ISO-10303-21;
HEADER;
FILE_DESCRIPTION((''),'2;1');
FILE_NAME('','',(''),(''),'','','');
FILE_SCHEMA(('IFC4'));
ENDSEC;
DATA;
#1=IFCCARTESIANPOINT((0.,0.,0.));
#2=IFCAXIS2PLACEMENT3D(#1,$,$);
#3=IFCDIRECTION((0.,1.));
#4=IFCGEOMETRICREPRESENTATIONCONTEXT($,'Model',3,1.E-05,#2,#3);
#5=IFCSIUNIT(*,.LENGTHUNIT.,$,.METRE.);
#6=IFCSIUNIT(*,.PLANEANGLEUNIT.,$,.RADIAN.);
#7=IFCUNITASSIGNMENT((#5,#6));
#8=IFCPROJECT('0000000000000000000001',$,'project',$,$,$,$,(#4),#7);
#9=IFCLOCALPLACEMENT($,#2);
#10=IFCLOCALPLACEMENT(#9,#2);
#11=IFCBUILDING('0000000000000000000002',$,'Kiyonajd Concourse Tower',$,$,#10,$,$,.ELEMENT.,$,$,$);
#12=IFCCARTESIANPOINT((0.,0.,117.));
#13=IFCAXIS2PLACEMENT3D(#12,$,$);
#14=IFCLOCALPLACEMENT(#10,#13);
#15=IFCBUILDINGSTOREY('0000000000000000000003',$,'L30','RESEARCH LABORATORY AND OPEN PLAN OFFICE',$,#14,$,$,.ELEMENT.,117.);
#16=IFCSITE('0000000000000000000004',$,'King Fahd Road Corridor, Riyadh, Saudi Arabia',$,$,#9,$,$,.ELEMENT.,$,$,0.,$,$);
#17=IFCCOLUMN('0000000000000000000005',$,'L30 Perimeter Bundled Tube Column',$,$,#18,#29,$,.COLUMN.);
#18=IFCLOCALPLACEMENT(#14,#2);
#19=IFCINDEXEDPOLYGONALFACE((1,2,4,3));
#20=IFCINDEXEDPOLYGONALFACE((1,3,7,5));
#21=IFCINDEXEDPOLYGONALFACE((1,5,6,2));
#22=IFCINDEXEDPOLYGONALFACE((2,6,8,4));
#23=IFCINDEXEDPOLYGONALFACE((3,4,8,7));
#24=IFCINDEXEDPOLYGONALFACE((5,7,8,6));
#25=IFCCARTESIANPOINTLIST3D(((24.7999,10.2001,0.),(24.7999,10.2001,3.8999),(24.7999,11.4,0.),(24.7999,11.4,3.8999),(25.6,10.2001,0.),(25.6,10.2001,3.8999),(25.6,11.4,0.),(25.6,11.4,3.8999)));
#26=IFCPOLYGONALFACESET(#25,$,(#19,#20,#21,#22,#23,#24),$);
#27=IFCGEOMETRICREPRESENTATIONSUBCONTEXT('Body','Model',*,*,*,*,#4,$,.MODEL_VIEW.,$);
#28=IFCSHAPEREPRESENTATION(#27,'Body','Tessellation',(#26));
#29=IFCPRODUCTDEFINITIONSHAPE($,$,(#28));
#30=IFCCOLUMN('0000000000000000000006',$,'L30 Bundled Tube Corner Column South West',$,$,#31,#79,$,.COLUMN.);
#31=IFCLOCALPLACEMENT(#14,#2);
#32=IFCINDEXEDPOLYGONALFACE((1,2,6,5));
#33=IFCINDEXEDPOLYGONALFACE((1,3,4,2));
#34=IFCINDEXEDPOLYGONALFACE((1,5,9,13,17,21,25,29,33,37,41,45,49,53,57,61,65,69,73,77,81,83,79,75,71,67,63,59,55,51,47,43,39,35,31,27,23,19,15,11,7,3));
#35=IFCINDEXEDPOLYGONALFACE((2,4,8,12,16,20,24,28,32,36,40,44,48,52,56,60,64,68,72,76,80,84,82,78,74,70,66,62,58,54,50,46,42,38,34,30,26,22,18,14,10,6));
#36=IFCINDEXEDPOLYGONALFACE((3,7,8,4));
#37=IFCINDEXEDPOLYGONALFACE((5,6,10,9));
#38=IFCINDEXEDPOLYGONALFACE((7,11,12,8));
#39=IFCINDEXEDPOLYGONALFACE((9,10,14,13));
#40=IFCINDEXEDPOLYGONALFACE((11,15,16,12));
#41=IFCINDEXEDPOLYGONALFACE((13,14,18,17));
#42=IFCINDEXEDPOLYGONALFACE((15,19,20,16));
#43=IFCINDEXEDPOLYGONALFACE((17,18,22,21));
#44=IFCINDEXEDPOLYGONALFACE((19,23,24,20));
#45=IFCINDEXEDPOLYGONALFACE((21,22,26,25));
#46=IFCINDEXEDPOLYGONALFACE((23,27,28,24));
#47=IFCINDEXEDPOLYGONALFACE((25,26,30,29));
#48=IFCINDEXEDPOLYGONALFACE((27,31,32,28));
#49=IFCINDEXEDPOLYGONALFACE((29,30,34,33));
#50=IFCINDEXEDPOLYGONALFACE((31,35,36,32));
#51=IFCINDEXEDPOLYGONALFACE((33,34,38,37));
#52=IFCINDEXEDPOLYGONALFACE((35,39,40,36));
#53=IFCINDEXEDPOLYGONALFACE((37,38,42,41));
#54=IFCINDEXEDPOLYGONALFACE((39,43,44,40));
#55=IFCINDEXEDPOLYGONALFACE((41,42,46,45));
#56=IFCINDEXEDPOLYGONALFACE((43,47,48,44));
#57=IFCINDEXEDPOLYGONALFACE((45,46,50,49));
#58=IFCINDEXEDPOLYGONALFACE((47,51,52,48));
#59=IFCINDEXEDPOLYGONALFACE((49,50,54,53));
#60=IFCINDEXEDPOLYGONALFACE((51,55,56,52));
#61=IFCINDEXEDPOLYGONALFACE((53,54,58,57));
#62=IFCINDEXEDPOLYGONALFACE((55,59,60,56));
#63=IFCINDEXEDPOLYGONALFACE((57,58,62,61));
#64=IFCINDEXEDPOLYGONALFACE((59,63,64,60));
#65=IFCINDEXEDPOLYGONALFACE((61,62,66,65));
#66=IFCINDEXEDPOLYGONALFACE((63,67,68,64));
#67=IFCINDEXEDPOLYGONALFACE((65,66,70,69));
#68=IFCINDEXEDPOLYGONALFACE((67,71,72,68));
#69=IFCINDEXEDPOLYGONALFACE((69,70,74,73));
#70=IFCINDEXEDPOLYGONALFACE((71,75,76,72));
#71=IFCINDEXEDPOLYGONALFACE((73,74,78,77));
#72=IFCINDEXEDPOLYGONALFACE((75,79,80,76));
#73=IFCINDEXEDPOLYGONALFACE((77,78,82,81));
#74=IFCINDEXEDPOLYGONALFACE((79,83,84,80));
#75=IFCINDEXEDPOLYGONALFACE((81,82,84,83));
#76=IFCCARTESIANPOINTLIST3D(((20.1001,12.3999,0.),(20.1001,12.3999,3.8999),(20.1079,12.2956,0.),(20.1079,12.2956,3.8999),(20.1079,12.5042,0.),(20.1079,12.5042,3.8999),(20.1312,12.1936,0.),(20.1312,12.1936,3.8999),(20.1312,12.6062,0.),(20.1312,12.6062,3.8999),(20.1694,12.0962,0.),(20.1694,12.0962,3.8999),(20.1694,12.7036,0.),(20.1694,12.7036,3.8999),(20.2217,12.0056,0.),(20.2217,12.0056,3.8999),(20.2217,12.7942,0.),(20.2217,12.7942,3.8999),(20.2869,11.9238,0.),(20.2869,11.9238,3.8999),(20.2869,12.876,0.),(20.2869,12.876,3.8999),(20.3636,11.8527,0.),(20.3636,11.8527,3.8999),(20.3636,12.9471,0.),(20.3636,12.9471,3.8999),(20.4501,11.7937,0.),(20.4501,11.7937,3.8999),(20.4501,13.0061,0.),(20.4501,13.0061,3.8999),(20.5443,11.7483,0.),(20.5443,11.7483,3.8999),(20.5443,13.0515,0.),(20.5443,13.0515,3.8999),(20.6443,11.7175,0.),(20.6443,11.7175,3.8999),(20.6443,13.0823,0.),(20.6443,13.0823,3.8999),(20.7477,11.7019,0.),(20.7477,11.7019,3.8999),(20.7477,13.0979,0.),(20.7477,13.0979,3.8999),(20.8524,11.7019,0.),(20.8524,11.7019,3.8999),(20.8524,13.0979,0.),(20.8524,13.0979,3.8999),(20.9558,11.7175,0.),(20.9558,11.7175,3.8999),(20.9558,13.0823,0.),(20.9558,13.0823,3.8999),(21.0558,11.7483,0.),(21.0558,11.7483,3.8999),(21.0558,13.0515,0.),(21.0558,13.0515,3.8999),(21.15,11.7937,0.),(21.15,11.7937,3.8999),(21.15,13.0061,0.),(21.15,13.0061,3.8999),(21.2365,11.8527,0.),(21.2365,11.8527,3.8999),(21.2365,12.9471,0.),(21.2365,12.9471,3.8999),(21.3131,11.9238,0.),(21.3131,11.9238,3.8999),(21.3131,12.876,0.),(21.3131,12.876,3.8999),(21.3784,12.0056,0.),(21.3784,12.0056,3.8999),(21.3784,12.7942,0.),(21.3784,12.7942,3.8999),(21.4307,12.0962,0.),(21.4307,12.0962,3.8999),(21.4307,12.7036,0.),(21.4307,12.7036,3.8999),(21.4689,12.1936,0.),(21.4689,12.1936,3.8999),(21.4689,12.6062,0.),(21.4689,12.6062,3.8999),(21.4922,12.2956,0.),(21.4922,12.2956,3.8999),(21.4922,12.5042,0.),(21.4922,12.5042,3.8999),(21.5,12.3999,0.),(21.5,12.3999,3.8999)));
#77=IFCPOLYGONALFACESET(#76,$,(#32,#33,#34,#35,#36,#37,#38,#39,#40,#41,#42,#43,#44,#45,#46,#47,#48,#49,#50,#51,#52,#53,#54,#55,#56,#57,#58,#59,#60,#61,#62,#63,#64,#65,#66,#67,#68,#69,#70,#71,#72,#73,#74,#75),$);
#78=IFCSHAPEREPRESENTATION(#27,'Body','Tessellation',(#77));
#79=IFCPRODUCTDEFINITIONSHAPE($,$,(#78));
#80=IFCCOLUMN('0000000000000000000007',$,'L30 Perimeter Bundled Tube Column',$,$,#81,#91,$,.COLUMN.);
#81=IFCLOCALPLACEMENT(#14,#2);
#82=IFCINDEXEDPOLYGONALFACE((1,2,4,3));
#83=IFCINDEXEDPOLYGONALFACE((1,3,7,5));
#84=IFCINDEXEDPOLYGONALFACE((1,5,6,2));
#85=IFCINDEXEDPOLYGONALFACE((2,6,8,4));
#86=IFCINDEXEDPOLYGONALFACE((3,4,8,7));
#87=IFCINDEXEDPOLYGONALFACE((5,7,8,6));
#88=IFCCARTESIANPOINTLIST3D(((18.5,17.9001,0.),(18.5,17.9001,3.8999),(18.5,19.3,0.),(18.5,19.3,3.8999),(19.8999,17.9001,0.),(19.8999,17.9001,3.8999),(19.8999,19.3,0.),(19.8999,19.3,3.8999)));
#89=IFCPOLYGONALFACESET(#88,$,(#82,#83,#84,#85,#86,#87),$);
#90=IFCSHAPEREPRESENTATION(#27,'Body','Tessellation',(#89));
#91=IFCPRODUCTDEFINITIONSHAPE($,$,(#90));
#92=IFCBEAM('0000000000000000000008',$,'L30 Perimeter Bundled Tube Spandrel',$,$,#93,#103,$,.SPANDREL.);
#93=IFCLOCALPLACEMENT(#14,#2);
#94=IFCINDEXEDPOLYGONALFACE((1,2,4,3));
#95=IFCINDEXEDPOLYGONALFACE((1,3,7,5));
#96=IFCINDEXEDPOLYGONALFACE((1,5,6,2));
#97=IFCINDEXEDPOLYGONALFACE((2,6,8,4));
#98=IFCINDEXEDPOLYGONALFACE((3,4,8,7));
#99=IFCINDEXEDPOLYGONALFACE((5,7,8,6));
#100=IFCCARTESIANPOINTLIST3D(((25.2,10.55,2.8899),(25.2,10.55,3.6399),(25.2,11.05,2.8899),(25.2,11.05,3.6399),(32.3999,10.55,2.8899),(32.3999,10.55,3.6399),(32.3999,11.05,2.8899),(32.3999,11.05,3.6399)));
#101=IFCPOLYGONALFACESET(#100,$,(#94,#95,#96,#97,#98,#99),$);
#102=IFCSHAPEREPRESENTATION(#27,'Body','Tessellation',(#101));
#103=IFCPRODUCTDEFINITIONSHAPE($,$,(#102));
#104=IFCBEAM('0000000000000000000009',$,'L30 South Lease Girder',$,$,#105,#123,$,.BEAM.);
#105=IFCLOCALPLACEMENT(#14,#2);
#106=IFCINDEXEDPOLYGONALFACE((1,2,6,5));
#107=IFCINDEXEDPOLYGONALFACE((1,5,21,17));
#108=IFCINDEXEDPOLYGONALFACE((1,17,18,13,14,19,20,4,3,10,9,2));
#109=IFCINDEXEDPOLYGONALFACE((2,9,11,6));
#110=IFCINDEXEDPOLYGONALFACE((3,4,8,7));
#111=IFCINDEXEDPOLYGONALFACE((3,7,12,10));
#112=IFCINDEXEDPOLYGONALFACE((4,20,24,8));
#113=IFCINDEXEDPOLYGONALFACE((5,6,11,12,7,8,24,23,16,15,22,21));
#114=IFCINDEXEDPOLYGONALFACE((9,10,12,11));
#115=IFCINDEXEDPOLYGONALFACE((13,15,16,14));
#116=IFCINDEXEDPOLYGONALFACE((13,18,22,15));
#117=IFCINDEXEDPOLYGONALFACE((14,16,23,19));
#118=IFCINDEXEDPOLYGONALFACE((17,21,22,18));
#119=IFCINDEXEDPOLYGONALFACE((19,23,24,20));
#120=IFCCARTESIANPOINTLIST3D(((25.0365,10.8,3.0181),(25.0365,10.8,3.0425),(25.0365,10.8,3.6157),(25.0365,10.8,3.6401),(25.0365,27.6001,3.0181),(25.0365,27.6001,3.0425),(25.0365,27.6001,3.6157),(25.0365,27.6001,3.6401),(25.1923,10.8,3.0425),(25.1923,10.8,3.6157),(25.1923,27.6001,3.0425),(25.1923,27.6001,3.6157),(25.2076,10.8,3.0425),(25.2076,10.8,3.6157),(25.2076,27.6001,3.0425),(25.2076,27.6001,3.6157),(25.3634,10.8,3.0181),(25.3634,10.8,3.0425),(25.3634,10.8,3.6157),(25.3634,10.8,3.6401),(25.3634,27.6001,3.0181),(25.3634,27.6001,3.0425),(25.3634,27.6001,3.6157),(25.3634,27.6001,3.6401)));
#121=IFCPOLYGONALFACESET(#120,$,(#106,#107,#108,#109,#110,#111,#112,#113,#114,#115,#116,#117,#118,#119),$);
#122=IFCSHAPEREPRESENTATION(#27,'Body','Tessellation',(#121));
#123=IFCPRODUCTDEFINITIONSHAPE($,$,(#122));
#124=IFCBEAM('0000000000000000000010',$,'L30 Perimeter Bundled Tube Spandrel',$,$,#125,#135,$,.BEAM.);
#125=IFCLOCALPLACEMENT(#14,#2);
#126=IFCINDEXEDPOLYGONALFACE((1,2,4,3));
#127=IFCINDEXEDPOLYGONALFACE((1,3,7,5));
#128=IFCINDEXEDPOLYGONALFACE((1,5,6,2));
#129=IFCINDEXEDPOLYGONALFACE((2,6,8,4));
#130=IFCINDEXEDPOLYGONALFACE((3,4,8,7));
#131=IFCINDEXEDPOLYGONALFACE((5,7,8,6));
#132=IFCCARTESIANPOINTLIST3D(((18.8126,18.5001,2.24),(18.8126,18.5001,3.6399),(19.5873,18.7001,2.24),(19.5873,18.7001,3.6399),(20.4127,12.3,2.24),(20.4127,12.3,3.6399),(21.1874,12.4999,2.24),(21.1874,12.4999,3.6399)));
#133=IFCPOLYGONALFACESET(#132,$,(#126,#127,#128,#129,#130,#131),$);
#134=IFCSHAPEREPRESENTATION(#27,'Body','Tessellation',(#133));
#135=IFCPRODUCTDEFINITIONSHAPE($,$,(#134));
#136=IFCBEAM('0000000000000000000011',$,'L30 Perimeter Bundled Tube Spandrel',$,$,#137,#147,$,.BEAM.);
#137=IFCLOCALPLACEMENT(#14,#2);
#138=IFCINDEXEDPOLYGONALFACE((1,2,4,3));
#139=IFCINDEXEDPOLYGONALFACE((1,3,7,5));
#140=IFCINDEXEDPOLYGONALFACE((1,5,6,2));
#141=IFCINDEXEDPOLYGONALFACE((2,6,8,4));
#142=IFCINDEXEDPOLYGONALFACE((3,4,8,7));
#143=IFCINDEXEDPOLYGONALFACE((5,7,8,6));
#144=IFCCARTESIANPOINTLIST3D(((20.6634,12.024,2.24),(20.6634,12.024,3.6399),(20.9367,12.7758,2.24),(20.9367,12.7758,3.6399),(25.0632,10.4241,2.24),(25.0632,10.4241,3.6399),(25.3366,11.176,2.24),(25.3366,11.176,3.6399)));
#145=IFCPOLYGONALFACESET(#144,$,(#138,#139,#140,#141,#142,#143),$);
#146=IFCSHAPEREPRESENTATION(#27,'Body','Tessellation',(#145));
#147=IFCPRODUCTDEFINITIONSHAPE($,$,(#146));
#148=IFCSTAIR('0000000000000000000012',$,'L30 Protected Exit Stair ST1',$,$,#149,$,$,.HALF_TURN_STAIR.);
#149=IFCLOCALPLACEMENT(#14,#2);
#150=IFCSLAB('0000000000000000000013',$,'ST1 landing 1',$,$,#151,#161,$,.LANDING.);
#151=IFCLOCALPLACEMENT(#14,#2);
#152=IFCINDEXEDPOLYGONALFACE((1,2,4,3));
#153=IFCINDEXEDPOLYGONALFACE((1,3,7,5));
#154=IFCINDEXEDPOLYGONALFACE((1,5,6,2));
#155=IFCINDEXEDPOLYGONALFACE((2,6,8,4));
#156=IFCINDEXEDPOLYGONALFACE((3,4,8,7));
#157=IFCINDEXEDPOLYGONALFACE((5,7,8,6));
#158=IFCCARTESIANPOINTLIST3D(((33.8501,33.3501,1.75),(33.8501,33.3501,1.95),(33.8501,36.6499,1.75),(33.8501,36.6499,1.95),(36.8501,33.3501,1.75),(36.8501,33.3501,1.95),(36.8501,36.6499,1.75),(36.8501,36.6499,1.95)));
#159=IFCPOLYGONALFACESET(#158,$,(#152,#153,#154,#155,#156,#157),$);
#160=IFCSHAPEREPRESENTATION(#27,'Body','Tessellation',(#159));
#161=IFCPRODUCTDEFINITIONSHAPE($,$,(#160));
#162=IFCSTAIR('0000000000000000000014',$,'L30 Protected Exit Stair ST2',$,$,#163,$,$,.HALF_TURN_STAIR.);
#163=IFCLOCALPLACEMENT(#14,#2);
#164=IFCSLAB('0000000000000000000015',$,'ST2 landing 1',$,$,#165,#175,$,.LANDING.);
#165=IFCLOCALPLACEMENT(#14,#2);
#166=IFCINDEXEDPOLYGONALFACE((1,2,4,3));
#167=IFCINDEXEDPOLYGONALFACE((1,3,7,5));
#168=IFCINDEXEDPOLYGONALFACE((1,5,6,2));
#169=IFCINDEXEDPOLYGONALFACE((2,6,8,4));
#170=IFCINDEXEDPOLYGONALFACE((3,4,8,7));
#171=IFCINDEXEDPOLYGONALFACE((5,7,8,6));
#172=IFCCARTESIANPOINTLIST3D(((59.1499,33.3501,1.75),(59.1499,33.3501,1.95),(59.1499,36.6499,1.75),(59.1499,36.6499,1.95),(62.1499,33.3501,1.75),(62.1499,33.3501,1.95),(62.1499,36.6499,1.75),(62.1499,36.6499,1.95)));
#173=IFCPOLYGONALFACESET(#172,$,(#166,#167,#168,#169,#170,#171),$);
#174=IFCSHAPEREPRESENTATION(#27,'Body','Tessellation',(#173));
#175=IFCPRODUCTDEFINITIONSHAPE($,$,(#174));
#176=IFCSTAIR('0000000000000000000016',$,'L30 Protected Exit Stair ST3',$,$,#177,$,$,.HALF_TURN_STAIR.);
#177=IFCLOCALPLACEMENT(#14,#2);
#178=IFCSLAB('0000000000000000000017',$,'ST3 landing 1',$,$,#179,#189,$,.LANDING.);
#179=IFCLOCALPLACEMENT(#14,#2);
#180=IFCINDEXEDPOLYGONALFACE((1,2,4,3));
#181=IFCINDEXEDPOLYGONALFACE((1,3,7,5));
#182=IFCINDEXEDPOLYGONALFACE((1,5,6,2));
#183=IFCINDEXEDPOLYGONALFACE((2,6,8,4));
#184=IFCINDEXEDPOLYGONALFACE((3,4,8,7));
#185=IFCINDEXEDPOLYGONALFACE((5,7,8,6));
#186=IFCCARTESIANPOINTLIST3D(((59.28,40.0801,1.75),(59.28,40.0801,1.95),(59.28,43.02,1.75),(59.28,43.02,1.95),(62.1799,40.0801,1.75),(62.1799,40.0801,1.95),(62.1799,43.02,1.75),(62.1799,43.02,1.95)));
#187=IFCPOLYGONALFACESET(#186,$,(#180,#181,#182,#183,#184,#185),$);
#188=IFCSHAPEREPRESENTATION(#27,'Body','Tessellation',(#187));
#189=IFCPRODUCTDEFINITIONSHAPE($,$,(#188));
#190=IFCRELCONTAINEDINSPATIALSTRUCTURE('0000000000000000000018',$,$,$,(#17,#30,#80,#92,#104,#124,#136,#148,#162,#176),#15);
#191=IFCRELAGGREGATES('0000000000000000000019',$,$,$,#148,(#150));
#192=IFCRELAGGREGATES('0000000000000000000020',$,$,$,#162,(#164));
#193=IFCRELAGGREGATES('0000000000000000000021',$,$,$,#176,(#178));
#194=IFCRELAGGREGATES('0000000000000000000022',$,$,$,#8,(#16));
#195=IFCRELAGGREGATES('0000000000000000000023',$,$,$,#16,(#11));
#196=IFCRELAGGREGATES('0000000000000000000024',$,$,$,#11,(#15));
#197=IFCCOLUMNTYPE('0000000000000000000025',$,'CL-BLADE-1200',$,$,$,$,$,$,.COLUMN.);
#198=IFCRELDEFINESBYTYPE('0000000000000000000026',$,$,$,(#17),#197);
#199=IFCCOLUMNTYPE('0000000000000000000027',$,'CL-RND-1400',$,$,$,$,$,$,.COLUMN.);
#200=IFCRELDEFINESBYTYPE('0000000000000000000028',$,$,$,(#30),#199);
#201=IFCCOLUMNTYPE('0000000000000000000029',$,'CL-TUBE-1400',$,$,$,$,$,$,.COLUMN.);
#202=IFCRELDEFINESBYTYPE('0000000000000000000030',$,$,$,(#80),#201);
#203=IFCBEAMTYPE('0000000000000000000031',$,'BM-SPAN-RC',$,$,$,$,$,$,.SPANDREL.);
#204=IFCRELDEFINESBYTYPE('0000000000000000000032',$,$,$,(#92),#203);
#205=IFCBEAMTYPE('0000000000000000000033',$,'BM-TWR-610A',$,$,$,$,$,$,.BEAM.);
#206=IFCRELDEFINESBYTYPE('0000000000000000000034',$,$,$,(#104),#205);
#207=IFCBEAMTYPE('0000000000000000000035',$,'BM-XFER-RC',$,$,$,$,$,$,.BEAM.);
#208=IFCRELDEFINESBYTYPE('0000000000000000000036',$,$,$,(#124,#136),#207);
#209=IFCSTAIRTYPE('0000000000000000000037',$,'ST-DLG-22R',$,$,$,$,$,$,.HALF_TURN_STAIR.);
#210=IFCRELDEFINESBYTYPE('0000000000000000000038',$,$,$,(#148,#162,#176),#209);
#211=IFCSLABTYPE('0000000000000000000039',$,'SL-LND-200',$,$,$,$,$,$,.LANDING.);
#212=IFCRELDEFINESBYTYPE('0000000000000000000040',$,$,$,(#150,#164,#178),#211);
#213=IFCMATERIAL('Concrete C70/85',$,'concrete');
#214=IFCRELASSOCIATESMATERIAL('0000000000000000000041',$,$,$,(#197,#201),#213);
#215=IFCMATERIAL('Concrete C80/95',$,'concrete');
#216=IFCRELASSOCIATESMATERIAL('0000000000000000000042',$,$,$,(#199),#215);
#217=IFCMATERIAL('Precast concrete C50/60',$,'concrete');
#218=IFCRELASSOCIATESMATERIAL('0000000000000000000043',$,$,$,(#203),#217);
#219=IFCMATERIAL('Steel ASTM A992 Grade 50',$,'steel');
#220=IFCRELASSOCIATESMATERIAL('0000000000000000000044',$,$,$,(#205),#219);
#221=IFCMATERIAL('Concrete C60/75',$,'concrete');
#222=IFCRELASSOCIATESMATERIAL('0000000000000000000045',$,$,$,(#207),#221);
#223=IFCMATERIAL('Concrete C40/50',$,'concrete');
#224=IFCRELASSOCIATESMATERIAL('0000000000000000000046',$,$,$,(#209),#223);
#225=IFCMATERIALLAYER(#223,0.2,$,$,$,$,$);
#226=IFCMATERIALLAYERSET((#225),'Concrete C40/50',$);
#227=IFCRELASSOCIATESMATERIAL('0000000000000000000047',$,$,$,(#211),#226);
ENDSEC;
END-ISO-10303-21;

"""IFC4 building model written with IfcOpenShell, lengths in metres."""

from ifc_helpers import new_model, si_unit, direction, frame, origin, origin_2d, place, context, subcontext, project, spatial, polyline, rectangle, circle, i_section, outline, extrude, material, layer, layer_set, material_profile, profile_set, type_object, element, aggregate, save


model = new_model("IFC4")

# Units and contexts
model_context = context("Model", 3, precision=1e-05, world=origin(), true_north=direction((0.0, 1.0)))
body_context = subcontext(model_context, "Body", "Model", "MODEL_VIEW")
ifc_project = project(units=[si_unit("LENGTHUNIT", "METRE"), si_unit("PLANEANGLEUNIT", "RADIAN")], contexts=[model_context])

# Site, building, storey
site_placement = place(None, origin())
site = spatial("IfcSite", under=ifc_project, at=site_placement, Name="King Fahd Road Corridor, Riyadh, Saudi Arabia", CompositionType="ELEMENT", RefElevation=0.0)
building_placement = place(site_placement, origin())
building = spatial("IfcBuilding", under=site, at=building_placement, Name="Kiyonajd Concourse Tower", CompositionType="ELEMENT")
storey_placement = place(building_placement, frame((0.0, 0.0, 117.0)))
storey = spatial("IfcBuildingStorey", under=building, at=storey_placement, Name="L30", Description="RESEARCH LABORATORY AND OPEN PLAN OFFICE", CompositionType="ELEMENT", Elevation=117.0)

# Columns
ifc_material_1 = material(Name="Concrete C70/85", Category="concrete")
ifc_material_profile_1 = material_profile(ifc_material_1, rectangle(XDim=0.8, YDim=1.2, at=origin_2d()), Name="RC-1200x800")
ifc_profile_set_1 = profile_set([ifc_material_profile_1], Name="Concrete C70/85")
column_type_1 = type_object("IfcColumnType", Name="CL-BLADE-1200", PredefinedType="COLUMN", material=ifc_profile_set_1)
column_1_placement = place(storey_placement, frame((25.2, 10.8, 0.0), z_axis=(0.0, 0.0, 1.0), x_axis=(1.0, 0.0, 0.0)))
element("IfcColumn", 1, at=column_1_placement, inside=storey, type_object=column_type_1, Name="L30 Perimeter Bundled Tube Column", PredefinedType="COLUMN", context=body_context, shape_type="SweptSolid", body=[
    extrude(rectangle(XDim=0.8, YDim=1.2, at=origin_2d()), origin(), (0.0, 0.0, 1.0), 3.8999),
])
ifc_material_2 = material(Name="Concrete C80/95", Category="concrete")
ifc_material_profile_2 = material_profile(ifc_material_2, circle(Radius=0.7, at=origin_2d()), Name="RCC-D1400")
ifc_profile_set_2 = profile_set([ifc_material_profile_2], Name="Concrete C80/95")
column_type_2 = type_object("IfcColumnType", Name="CL-RND-1400", PredefinedType="COLUMN", material=ifc_profile_set_2)
column_2_placement = place(storey_placement, frame((20.8, 12.3999, 0.0), z_axis=(0.0, 0.0, 1.0), x_axis=(1.0, 0.0, 0.0)))
element("IfcColumn", 2, at=column_2_placement, inside=storey, type_object=column_type_2, Name="L30 Bundled Tube Corner Column South West", PredefinedType="COLUMN", context=body_context, shape_type="SweptSolid", body=[
    extrude(circle(Radius=0.7, at=origin_2d()), origin(), (0.0, 0.0, 1.0), 3.8999),
])
ifc_material_profile_3 = material_profile(ifc_material_1, rectangle(XDim=1.3999, YDim=1.3999, at=origin_2d()), Name="RC-1400x1400")
ifc_profile_set_3 = profile_set([ifc_material_profile_3], Name="Concrete C70/85")
column_type_3 = type_object("IfcColumnType", Name="CL-TUBE-1400", PredefinedType="COLUMN", material=ifc_profile_set_3)
column_3_placement = place(storey_placement, frame((19.2, 18.6001, 0.0), z_axis=(0.0, 0.0, 1.0), x_axis=(1.0, 0.0, 0.0)))
element("IfcColumn", 3, at=column_3_placement, inside=storey, type_object=column_type_3, Name="L30 Perimeter Bundled Tube Column", PredefinedType="COLUMN", context=body_context, shape_type="SweptSolid", body=[
    extrude(rectangle(XDim=1.3999, YDim=1.3999, at=origin_2d()), origin(), (0.0, 0.0, 1.0), 3.8999),
])

# Beams
ifc_material_3 = material(Name="Precast concrete C50/60", Category="concrete")
ifc_material_profile_4 = material_profile(ifc_material_3, rectangle(XDim=0.5, YDim=0.75, at=origin_2d()), Name="RCBM-500x750")
ifc_profile_set_4 = profile_set([ifc_material_profile_4], Name="Precast concrete C50/60")
beam_type_1 = type_object("IfcBeamType", Name="BM-SPAN-RC", PredefinedType="SPANDREL", material=ifc_profile_set_4)
beam_1_placement = place(storey_placement, frame((25.2, 10.8, 3.2649), z_axis=(1.0, 0.0, 0.0), x_axis=(0.0, 1.0, 0.0)))
element("IfcBeam", 4, at=beam_1_placement, inside=storey, type_object=beam_type_1, Name="L30 Perimeter Bundled Tube Spandrel", PredefinedType="SPANDREL", context=body_context, shape_type="SweptSolid", body=[
    extrude(rectangle(XDim=0.5, YDim=0.75, at=origin_2d()), origin(), (0.0, 0.0, 1.0), 7.2),
])
ifc_material_4 = material(Name="Steel ASTM A992 Grade 50", Category="steel")
ifc_material_profile_5 = material_profile(ifc_material_4, i_section(OverallWidth=0.3269, OverallDepth=0.6221, WebThickness=0.0154, FlangeThickness=0.0244, at=origin_2d()), Name="W610X195")
ifc_profile_set_5 = profile_set([ifc_material_profile_5], Name="Steel ASTM A992 Grade 50")
beam_type_2 = type_object("IfcBeamType", Name="BM-TWR-610A", PredefinedType="BEAM", material=ifc_profile_set_5)
beam_2_placement = place(storey_placement, frame((25.2, 10.8, 3.3291), z_axis=(0.0, 1.0, 0.0), x_axis=(-1.0, 0.0, 0.0)))
element("IfcBeam", 5, at=beam_2_placement, inside=storey, type_object=beam_type_2, Name="L30 South Lease Girder", PredefinedType="BEAM", context=body_context, shape_type="SweptSolid", body=[
    extrude(i_section(OverallWidth=0.3269, OverallDepth=0.6221, WebThickness=0.0154, FlangeThickness=0.0244, at=origin_2d()), origin(), (0.0, 0.0, 1.0), 16.8),
])
ifc_material_5 = material(Name="Concrete C60/75", Category="concrete")
ifc_material_profile_6 = material_profile(ifc_material_5, rectangle(XDim=0.8, YDim=1.3999, at=origin_2d()), Name="RCBM-800x1400")
ifc_profile_set_6 = profile_set([ifc_material_profile_6], Name="Concrete C60/75")
beam_type_3 = type_object("IfcBeamType", Name="BM-XFER-RC", PredefinedType="BEAM", material=ifc_profile_set_6)
beam_3_placement = place(storey_placement, frame((19.2, 18.6001, 2.9399), z_axis=(0.249885, -0.968276, 0.0), x_axis=(0.968276, 0.249885, 0.0)))
element("IfcBeam", 6, at=beam_3_placement, inside=storey, type_object=beam_type_3, Name="L30 Perimeter Bundled Tube Spandrel", PredefinedType="BEAM", context=body_context, shape_type="SweptSolid", body=[
    extrude(rectangle(XDim=0.8, YDim=1.3999, at=origin_2d()), origin(), (0.0, 0.0, 1.0), 6.4033),
])
beam_4_placement = place(storey_placement, frame((20.8, 12.3999, 2.9399), z_axis=(0.939801, -0.341722, 0.0), x_axis=(0.341722, 0.939801, 0.0)))
element("IfcBeam", 7, at=beam_4_placement, inside=storey, type_object=beam_type_3, Name="L30 Perimeter Bundled Tube Spandrel", PredefinedType="BEAM", context=body_context, shape_type="SweptSolid", body=[
    extrude(rectangle(XDim=0.8, YDim=1.3999, at=origin_2d()), origin(), (0.0, 0.0, 1.0), 4.6816),
])

# Stairs, slabs
ifc_material_6 = material(Name="Concrete C40/50", Category="concrete")
stair_type = type_object("IfcStairType", Name="ST-DLG-22R", PredefinedType="HALF_TURN_STAIR", material=ifc_material_6)
stair_1_placement = place(storey_placement, origin())
stair_1 = element("IfcStair", 8, at=stair_1_placement, inside=storey, type_object=stair_type, Name="L30 Protected Exit Stair ST1", PredefinedType="HALF_TURN_STAIR")
ifc_layer_1 = layer(ifc_material_6, 0.2)
ifc_layer_set_1 = layer_set([ifc_layer_1], Name="Concrete C40/50")
slab_type_1 = type_object("IfcSlabType", Name="SL-LND-200", PredefinedType="LANDING", material=ifc_layer_set_1)
slab_1_placement = place(storey_placement, frame((0.0, 0.0, 1.75)))
slab_1 = element("IfcSlab", 9, at=slab_1_placement, type_object=slab_type_1, Name="ST1 landing 1", PredefinedType="LANDING", context=body_context, shape_type="SweptSolid", body=[
    extrude(outline(polyline([(36.8501, 33.3501), (36.8501, 36.6499), (33.8501, 36.6499), (33.8501, 33.3501), (36.8501, 33.3501)])), origin(), (0.0, 0.0, 1.0), 0.2),
])
aggregate(stair_1, [slab_1])
stair_2_placement = place(storey_placement, origin())
stair_2 = element("IfcStair", 10, at=stair_2_placement, inside=storey, type_object=stair_type, Name="L30 Protected Exit Stair ST2", PredefinedType="HALF_TURN_STAIR")
slab_2_placement = place(storey_placement, frame((0.0, 0.0, 1.75)))
slab_2 = element("IfcSlab", 11, at=slab_2_placement, type_object=slab_type_1, Name="ST2 landing 1", PredefinedType="LANDING", context=body_context, shape_type="SweptSolid", body=[
    extrude(outline(polyline([(62.1499, 33.3501), (62.1499, 36.6499), (59.1499, 36.6499), (59.1499, 33.3501), (62.1499, 33.3501)])), origin(), (0.0, 0.0, 1.0), 0.2),
])
aggregate(stair_2, [slab_2])
stair_3_placement = place(storey_placement, origin())
stair_3 = element("IfcStair", 12, at=stair_3_placement, inside=storey, type_object=stair_type, Name="L30 Protected Exit Stair ST3", PredefinedType="HALF_TURN_STAIR")
slab_3_placement = place(storey_placement, frame((0.0, 0.0, 1.75)))
slab_3 = element("IfcSlab", 13, at=slab_3_placement, type_object=slab_type_1, Name="ST3 landing 1", PredefinedType="LANDING", context=body_context, shape_type="SweptSolid", body=[
    extrude(outline(polyline([(59.28, 40.0801), (62.1799, 40.0801), (62.1799, 43.02), (59.28, 43.02), (59.28, 40.0801)])), origin(), (0.0, 0.0, 1.0), 0.2),
])
aggregate(stair_3, [slab_3])

save(model, "model.ifc")
